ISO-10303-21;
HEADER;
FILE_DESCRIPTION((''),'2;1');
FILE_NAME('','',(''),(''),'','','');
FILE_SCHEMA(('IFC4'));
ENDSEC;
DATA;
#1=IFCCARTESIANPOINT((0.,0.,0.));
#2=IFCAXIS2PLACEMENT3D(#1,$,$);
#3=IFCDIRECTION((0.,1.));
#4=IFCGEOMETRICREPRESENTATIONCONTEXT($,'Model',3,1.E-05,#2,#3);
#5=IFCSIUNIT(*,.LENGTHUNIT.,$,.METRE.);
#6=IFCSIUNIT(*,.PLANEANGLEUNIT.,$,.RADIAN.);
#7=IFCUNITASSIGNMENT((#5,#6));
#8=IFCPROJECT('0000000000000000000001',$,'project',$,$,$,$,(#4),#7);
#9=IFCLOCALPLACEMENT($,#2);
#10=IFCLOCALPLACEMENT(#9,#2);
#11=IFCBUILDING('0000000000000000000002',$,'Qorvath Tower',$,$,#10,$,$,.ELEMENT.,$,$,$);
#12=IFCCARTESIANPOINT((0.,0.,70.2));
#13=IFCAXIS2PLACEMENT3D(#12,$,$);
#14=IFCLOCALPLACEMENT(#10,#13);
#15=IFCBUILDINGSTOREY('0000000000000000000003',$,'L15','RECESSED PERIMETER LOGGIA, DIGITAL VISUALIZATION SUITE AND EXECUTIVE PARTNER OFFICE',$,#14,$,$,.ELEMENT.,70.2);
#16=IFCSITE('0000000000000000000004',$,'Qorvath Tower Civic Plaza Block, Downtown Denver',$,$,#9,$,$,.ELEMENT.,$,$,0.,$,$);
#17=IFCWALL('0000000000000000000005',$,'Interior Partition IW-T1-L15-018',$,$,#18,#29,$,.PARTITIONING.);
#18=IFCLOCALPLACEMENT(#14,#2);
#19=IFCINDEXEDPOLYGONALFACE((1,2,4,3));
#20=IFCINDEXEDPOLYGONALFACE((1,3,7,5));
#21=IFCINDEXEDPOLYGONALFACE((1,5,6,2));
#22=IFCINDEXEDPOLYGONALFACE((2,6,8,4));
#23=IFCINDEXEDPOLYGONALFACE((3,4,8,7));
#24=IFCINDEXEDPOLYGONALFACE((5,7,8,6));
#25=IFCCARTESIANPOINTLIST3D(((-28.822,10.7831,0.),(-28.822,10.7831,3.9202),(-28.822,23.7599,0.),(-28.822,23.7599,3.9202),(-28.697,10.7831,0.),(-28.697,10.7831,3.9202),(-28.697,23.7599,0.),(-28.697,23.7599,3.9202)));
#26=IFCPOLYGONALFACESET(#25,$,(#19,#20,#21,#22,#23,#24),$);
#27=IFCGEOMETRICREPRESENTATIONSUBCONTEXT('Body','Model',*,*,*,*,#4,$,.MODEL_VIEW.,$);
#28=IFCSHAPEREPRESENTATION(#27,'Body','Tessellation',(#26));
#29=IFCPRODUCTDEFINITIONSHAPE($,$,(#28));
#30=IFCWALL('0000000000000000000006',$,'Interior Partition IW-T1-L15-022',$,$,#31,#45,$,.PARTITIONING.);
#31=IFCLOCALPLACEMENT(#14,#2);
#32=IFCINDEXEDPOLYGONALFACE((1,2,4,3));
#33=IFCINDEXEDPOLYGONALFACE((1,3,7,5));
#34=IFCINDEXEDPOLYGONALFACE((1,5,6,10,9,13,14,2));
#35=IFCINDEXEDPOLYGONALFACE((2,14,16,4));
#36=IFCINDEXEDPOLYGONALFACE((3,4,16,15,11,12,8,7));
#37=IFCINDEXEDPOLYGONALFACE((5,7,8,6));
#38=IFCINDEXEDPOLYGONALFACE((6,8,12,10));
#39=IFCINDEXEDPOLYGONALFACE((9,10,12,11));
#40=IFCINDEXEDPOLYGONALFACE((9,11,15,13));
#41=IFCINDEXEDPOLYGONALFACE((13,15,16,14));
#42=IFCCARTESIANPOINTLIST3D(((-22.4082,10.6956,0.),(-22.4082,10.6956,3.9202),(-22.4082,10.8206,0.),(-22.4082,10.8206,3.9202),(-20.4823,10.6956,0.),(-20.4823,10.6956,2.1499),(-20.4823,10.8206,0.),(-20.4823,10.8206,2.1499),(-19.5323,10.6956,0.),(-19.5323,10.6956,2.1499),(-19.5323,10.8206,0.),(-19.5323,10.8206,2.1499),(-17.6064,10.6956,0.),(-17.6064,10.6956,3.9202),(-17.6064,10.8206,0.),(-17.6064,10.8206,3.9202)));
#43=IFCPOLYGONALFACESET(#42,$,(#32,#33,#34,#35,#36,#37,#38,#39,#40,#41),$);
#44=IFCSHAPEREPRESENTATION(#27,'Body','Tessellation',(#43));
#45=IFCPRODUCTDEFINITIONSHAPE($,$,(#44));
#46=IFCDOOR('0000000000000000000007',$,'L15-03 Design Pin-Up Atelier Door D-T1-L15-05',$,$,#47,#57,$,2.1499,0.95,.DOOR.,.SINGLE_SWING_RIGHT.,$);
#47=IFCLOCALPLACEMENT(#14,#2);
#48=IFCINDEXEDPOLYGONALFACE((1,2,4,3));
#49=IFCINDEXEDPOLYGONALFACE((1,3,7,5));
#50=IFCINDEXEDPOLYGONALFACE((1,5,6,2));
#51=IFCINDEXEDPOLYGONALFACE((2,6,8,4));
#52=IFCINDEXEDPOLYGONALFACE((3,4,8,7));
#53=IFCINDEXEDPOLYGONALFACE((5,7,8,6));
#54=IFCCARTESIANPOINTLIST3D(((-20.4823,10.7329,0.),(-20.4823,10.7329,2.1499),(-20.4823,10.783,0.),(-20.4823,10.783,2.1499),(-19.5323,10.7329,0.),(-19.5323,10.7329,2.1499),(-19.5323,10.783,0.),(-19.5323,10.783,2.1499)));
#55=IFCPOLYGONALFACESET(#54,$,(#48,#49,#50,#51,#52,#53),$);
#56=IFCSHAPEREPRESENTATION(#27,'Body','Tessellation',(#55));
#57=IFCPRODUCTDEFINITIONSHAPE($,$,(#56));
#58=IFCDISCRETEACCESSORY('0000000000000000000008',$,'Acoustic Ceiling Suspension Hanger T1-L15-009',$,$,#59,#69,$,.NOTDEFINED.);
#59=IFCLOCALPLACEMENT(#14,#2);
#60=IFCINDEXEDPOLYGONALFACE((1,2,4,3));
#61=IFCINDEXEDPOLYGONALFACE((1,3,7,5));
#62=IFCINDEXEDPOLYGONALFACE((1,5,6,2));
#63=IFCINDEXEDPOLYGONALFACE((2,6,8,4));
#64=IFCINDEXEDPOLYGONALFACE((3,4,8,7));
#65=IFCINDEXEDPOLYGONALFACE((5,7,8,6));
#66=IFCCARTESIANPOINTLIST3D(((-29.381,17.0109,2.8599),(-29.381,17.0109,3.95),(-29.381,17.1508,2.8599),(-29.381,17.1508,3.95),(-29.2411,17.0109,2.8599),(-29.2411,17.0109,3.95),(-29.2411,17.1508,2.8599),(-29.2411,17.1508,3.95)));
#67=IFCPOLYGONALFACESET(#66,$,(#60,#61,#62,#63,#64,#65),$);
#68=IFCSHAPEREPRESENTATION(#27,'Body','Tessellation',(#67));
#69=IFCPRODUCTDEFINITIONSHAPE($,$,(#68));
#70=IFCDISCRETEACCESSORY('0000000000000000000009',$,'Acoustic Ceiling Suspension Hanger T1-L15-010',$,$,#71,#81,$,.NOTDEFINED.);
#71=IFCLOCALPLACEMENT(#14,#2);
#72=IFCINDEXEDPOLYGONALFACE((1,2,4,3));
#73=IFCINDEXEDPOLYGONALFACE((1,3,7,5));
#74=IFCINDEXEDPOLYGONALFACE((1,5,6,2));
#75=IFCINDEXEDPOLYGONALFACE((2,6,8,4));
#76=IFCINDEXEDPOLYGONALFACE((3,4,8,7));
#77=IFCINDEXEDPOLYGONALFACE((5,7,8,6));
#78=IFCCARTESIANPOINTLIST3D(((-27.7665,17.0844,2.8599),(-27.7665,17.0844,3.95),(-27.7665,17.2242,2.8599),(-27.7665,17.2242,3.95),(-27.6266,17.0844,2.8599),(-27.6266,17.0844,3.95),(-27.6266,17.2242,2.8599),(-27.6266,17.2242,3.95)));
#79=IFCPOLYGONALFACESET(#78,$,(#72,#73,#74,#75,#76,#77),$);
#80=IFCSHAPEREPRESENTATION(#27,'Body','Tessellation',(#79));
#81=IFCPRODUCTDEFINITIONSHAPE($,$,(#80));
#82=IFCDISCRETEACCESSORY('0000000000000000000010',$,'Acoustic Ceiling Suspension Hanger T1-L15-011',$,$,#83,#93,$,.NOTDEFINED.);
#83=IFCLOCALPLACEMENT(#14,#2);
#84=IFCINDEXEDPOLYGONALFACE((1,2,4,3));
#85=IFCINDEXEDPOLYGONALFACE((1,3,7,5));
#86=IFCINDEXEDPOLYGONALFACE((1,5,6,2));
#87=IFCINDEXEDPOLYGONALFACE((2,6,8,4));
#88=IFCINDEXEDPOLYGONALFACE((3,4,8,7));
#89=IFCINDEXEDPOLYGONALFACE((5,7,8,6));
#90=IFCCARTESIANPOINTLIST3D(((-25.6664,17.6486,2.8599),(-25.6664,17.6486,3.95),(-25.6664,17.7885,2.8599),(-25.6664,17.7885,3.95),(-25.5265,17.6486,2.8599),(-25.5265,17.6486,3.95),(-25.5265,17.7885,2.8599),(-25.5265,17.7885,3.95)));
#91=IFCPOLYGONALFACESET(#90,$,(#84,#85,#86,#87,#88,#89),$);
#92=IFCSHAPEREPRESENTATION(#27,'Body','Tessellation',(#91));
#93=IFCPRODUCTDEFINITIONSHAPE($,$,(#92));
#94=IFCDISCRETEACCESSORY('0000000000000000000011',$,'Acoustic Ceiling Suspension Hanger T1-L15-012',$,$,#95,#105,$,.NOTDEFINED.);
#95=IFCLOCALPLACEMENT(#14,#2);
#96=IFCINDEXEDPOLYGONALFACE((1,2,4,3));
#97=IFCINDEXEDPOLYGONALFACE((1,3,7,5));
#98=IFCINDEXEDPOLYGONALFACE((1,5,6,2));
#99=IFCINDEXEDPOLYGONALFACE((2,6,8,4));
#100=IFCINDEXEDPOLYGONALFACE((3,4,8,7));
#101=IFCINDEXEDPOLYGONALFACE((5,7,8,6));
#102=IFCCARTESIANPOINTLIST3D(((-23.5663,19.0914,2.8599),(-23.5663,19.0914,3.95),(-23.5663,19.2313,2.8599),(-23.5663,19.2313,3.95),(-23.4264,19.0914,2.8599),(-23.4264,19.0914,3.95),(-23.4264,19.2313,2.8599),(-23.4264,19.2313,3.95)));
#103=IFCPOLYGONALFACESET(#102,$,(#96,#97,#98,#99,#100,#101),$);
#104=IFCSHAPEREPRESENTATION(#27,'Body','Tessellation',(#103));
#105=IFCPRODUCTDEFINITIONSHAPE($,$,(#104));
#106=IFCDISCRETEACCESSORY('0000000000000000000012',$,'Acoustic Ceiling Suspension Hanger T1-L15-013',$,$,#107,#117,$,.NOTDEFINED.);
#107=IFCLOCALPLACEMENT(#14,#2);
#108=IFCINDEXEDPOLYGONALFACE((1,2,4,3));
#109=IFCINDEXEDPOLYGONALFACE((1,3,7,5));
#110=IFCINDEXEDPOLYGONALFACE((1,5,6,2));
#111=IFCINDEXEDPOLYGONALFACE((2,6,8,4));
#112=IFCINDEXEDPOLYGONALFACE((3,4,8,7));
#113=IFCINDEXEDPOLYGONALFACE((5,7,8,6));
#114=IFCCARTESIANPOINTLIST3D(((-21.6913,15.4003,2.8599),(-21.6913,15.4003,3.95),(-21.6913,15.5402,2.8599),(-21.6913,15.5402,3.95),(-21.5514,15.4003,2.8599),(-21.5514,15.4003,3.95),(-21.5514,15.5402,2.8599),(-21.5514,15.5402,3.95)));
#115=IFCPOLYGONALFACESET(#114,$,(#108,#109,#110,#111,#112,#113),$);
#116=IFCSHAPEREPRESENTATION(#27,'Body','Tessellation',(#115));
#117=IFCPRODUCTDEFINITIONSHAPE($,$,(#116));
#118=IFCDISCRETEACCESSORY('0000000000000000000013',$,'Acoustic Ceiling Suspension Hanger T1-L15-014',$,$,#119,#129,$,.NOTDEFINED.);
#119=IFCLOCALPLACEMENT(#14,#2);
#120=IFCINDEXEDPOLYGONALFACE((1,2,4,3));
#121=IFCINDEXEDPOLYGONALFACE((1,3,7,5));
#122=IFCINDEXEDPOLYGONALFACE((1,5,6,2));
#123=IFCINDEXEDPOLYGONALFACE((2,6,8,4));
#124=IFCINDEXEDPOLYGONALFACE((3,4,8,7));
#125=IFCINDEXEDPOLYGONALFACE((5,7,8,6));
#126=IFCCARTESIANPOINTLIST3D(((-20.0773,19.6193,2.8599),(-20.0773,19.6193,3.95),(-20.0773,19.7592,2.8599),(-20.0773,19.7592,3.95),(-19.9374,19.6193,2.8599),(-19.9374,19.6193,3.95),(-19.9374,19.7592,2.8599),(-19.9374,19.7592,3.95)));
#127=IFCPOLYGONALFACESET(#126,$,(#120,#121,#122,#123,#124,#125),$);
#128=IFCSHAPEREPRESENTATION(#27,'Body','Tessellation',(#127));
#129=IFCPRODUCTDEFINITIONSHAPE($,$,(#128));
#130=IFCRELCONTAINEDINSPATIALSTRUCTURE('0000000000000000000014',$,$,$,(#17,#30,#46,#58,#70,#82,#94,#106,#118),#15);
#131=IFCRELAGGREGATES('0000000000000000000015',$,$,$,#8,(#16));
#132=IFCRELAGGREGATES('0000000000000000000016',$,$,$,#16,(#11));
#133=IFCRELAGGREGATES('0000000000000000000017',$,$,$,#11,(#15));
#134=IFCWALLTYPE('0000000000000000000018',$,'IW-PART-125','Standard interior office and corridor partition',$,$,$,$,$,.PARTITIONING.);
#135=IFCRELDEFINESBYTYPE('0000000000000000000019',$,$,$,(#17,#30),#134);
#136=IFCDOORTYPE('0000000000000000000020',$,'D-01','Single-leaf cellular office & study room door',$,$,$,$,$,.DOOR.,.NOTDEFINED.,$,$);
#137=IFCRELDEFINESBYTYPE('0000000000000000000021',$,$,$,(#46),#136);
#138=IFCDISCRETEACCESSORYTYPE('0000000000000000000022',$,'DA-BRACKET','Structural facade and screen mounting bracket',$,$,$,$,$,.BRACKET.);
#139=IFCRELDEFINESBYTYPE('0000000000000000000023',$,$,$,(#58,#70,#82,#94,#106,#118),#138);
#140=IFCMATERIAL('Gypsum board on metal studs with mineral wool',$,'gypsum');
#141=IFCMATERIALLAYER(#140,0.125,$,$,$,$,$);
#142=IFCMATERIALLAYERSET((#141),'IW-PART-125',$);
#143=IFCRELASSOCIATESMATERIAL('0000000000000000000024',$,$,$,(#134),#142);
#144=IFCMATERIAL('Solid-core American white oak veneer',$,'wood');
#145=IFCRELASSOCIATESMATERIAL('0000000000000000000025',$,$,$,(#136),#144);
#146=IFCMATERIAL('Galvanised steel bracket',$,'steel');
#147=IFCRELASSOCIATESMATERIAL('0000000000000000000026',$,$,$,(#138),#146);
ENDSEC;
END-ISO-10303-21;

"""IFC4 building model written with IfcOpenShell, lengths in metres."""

from ifc_helpers import new_model, si_unit, direction, frame, frame_2d, origin, origin_2d, place, context, subcontext, project, spatial, rectangle, extrude, material, layer, layer_set, type_object, element, fill, save


model = new_model("IFC4")

# Units and contexts
model_context = context("Model", 3, precision=1e-05, world=origin(), true_north=direction((0.0, 1.0)))
body_context = subcontext(model_context, "Body", "Model", "MODEL_VIEW")
ifc_project = project(units=[si_unit("LENGTHUNIT", "METRE"), si_unit("PLANEANGLEUNIT", "RADIAN")], contexts=[model_context])

# Site, building, storey
site_placement = place(None, origin())
site = spatial("IfcSite", under=ifc_project, at=site_placement, Name="Qorvath Tower Civic Plaza Block, Downtown Denver", CompositionType="ELEMENT", RefElevation=0.0)
building_placement = place(site_placement, origin())
building = spatial("IfcBuilding", under=site, at=building_placement, Name="Qorvath Tower", CompositionType="ELEMENT")
storey_placement = place(building_placement, frame((0.0, 0.0, 70.2)))
storey = spatial("IfcBuildingStorey", under=building, at=storey_placement, Name="L15", Description="RECESSED PERIMETER LOGGIA, DIGITAL VISUALIZATION SUITE AND EXECUTIVE PARTNER OFFICE", CompositionType="ELEMENT", Elevation=70.2)

# Wall
ifc_material_1 = material(Name="Gypsum board on metal studs with mineral wool", Category="gypsum")
ifc_layer_1 = layer(ifc_material_1, 0.125)
ifc_layer_set_1 = layer_set([ifc_layer_1], Name="IW-PART-125")
wall_type_1 = type_object("IfcWallType", Name="IW-PART-125", Description="Standard interior office and corridor partition", PredefinedType="PARTITIONING", material=ifc_layer_set_1)
wall_1_placement = place(storey_placement, frame((-28.7595, 10.7832, 0.0), z_axis=(0.0, 0.0, 1.0), x_axis=(0.0, 1.0, 0.0)))
element("IfcWall", 1, at=wall_1_placement, inside=storey, type_object=wall_type_1, Name="Interior Partition IW-T1-L15-018", PredefinedType="PARTITIONING", context=body_context, shape_type="SweptSolid", body=[
    extrude(rectangle(XDim=12.9768, YDim=0.125, at=frame_2d((6.4883, 0.0))), origin(), (0.0, 0.0, 1.0), 3.9202),
])

# Wall, opening, door
wall_2_placement = place(storey_placement, frame((-22.4082, 10.7581, 0.0), z_axis=(0.0, 0.0, 1.0), x_axis=(1.0, 0.0, 0.0)))
wall_2 = element("IfcWall", 2, at=wall_2_placement, inside=storey, type_object=wall_type_1, Name="Interior Partition IW-T1-L15-022", PredefinedType="PARTITIONING", context=body_context, shape_type="SweptSolid", body=[
    extrude(rectangle(XDim=4.8018, YDim=0.125, at=frame_2d((2.4009, 0.0))), origin(), (0.0, 0.0, 1.0), 3.9202),
])
opening_placement = place(wall_2_placement, frame((1.9258, 0.0, 0.0)))
opening = element("IfcOpeningElement", 3, at=opening_placement, cuts=wall_2, PredefinedType="OPENING", context=body_context, shape_type="SweptSolid", body=[
    extrude(rectangle(XDim=0.95, YDim=2.1499, at=frame_2d((0.4751, 1.075))), frame((0.0, 0.0725, 0.0), z_axis=(0.0, -1.0, 0.0), x_axis=(1.0, 0.0, 0.0)), (0.0, 0.0, 1.0), 0.145),
])
ifc_material_2 = material(Name="Solid-core American white oak veneer", Category="wood")
door_type = type_object("IfcDoorType", Name="D-01", Description="Single-leaf cellular office & study room door", OperationType="NOTDEFINED", PredefinedType="DOOR", material=ifc_material_2)
door_placement = place(opening_placement, origin())
door = element("IfcDoor", 4, at=door_placement, inside=storey, type_object=door_type, Name="L15-03 Design Pin-Up Atelier Door D-T1-L15-05", OperationType="SINGLE_SWING_RIGHT", OverallHeight=2.1499, OverallWidth=0.95, PredefinedType="DOOR", context=body_context, shape_type="SweptSolid", body=[
    extrude(rectangle(XDim=0.95, YDim=2.1499, at=frame_2d((0.4751, 1.075))), frame((0.0, 0.0249, 0.0), z_axis=(0.0, -1.0, 0.0), x_axis=(1.0, 0.0, 0.0)), (0.0, 0.0, 1.0), 0.05),
])
fill(opening, door)

# Discrete accessories
ifc_material_3 = material(Name="Galvanised steel bracket", Category="steel")
discrete_accessory_type = type_object("IfcDiscreteAccessoryType", Name="DA-BRACKET", Description="Structural facade and screen mounting bracket", PredefinedType="BRACKET", material=ifc_material_3)
for number, where, z_axis, x_axis, name in (
    (5, (-29.311, 17.0808, 2.8599), (0.0, 0.0, 1.0), (1.0, 0.0, 0.0), "Acoustic Ceiling Suspension Hanger T1-L15-009"),
    (6, (-27.6965, 17.1543, 2.8599), (0.0, 0.0, 1.0), (1.0, 0.0, 0.0), "Acoustic Ceiling Suspension Hanger T1-L15-010"),
    (7, (-25.5964, 17.7185, 2.8599), (0.0, 0.0, 1.0), (1.0, 0.0, 0.0), "Acoustic Ceiling Suspension Hanger T1-L15-011"),
    (8, (-23.4963, 19.1614, 2.8599), (0.0, 0.0, 1.0), (1.0, 0.0, 0.0), "Acoustic Ceiling Suspension Hanger T1-L15-012"),
    (9, (-21.6213, 15.4702, 2.8599), (0.0, 0.0, 1.0), (1.0, 0.0, 0.0), "Acoustic Ceiling Suspension Hanger T1-L15-013"),
    (10, (-20.0073, 19.6892, 2.8599), (0.0, 0.0, 1.0), (1.0, 0.0, 0.0), "Acoustic Ceiling Suspension Hanger T1-L15-014"),
):
    element("IfcDiscreteAccessory", number, at=place(storey_placement, frame(where, z_axis=z_axis, x_axis=x_axis)), inside=storey, type_object=discrete_accessory_type, Name=name, PredefinedType="NOTDEFINED", context=body_context, shape_type="SweptSolid", body=[
        extrude(rectangle(XDim=0.1399, YDim=0.1399, at=origin_2d()), origin(), (0.0, 0.0, 1.0), 1.0901),
    ])

save(model, "model.ifc")
